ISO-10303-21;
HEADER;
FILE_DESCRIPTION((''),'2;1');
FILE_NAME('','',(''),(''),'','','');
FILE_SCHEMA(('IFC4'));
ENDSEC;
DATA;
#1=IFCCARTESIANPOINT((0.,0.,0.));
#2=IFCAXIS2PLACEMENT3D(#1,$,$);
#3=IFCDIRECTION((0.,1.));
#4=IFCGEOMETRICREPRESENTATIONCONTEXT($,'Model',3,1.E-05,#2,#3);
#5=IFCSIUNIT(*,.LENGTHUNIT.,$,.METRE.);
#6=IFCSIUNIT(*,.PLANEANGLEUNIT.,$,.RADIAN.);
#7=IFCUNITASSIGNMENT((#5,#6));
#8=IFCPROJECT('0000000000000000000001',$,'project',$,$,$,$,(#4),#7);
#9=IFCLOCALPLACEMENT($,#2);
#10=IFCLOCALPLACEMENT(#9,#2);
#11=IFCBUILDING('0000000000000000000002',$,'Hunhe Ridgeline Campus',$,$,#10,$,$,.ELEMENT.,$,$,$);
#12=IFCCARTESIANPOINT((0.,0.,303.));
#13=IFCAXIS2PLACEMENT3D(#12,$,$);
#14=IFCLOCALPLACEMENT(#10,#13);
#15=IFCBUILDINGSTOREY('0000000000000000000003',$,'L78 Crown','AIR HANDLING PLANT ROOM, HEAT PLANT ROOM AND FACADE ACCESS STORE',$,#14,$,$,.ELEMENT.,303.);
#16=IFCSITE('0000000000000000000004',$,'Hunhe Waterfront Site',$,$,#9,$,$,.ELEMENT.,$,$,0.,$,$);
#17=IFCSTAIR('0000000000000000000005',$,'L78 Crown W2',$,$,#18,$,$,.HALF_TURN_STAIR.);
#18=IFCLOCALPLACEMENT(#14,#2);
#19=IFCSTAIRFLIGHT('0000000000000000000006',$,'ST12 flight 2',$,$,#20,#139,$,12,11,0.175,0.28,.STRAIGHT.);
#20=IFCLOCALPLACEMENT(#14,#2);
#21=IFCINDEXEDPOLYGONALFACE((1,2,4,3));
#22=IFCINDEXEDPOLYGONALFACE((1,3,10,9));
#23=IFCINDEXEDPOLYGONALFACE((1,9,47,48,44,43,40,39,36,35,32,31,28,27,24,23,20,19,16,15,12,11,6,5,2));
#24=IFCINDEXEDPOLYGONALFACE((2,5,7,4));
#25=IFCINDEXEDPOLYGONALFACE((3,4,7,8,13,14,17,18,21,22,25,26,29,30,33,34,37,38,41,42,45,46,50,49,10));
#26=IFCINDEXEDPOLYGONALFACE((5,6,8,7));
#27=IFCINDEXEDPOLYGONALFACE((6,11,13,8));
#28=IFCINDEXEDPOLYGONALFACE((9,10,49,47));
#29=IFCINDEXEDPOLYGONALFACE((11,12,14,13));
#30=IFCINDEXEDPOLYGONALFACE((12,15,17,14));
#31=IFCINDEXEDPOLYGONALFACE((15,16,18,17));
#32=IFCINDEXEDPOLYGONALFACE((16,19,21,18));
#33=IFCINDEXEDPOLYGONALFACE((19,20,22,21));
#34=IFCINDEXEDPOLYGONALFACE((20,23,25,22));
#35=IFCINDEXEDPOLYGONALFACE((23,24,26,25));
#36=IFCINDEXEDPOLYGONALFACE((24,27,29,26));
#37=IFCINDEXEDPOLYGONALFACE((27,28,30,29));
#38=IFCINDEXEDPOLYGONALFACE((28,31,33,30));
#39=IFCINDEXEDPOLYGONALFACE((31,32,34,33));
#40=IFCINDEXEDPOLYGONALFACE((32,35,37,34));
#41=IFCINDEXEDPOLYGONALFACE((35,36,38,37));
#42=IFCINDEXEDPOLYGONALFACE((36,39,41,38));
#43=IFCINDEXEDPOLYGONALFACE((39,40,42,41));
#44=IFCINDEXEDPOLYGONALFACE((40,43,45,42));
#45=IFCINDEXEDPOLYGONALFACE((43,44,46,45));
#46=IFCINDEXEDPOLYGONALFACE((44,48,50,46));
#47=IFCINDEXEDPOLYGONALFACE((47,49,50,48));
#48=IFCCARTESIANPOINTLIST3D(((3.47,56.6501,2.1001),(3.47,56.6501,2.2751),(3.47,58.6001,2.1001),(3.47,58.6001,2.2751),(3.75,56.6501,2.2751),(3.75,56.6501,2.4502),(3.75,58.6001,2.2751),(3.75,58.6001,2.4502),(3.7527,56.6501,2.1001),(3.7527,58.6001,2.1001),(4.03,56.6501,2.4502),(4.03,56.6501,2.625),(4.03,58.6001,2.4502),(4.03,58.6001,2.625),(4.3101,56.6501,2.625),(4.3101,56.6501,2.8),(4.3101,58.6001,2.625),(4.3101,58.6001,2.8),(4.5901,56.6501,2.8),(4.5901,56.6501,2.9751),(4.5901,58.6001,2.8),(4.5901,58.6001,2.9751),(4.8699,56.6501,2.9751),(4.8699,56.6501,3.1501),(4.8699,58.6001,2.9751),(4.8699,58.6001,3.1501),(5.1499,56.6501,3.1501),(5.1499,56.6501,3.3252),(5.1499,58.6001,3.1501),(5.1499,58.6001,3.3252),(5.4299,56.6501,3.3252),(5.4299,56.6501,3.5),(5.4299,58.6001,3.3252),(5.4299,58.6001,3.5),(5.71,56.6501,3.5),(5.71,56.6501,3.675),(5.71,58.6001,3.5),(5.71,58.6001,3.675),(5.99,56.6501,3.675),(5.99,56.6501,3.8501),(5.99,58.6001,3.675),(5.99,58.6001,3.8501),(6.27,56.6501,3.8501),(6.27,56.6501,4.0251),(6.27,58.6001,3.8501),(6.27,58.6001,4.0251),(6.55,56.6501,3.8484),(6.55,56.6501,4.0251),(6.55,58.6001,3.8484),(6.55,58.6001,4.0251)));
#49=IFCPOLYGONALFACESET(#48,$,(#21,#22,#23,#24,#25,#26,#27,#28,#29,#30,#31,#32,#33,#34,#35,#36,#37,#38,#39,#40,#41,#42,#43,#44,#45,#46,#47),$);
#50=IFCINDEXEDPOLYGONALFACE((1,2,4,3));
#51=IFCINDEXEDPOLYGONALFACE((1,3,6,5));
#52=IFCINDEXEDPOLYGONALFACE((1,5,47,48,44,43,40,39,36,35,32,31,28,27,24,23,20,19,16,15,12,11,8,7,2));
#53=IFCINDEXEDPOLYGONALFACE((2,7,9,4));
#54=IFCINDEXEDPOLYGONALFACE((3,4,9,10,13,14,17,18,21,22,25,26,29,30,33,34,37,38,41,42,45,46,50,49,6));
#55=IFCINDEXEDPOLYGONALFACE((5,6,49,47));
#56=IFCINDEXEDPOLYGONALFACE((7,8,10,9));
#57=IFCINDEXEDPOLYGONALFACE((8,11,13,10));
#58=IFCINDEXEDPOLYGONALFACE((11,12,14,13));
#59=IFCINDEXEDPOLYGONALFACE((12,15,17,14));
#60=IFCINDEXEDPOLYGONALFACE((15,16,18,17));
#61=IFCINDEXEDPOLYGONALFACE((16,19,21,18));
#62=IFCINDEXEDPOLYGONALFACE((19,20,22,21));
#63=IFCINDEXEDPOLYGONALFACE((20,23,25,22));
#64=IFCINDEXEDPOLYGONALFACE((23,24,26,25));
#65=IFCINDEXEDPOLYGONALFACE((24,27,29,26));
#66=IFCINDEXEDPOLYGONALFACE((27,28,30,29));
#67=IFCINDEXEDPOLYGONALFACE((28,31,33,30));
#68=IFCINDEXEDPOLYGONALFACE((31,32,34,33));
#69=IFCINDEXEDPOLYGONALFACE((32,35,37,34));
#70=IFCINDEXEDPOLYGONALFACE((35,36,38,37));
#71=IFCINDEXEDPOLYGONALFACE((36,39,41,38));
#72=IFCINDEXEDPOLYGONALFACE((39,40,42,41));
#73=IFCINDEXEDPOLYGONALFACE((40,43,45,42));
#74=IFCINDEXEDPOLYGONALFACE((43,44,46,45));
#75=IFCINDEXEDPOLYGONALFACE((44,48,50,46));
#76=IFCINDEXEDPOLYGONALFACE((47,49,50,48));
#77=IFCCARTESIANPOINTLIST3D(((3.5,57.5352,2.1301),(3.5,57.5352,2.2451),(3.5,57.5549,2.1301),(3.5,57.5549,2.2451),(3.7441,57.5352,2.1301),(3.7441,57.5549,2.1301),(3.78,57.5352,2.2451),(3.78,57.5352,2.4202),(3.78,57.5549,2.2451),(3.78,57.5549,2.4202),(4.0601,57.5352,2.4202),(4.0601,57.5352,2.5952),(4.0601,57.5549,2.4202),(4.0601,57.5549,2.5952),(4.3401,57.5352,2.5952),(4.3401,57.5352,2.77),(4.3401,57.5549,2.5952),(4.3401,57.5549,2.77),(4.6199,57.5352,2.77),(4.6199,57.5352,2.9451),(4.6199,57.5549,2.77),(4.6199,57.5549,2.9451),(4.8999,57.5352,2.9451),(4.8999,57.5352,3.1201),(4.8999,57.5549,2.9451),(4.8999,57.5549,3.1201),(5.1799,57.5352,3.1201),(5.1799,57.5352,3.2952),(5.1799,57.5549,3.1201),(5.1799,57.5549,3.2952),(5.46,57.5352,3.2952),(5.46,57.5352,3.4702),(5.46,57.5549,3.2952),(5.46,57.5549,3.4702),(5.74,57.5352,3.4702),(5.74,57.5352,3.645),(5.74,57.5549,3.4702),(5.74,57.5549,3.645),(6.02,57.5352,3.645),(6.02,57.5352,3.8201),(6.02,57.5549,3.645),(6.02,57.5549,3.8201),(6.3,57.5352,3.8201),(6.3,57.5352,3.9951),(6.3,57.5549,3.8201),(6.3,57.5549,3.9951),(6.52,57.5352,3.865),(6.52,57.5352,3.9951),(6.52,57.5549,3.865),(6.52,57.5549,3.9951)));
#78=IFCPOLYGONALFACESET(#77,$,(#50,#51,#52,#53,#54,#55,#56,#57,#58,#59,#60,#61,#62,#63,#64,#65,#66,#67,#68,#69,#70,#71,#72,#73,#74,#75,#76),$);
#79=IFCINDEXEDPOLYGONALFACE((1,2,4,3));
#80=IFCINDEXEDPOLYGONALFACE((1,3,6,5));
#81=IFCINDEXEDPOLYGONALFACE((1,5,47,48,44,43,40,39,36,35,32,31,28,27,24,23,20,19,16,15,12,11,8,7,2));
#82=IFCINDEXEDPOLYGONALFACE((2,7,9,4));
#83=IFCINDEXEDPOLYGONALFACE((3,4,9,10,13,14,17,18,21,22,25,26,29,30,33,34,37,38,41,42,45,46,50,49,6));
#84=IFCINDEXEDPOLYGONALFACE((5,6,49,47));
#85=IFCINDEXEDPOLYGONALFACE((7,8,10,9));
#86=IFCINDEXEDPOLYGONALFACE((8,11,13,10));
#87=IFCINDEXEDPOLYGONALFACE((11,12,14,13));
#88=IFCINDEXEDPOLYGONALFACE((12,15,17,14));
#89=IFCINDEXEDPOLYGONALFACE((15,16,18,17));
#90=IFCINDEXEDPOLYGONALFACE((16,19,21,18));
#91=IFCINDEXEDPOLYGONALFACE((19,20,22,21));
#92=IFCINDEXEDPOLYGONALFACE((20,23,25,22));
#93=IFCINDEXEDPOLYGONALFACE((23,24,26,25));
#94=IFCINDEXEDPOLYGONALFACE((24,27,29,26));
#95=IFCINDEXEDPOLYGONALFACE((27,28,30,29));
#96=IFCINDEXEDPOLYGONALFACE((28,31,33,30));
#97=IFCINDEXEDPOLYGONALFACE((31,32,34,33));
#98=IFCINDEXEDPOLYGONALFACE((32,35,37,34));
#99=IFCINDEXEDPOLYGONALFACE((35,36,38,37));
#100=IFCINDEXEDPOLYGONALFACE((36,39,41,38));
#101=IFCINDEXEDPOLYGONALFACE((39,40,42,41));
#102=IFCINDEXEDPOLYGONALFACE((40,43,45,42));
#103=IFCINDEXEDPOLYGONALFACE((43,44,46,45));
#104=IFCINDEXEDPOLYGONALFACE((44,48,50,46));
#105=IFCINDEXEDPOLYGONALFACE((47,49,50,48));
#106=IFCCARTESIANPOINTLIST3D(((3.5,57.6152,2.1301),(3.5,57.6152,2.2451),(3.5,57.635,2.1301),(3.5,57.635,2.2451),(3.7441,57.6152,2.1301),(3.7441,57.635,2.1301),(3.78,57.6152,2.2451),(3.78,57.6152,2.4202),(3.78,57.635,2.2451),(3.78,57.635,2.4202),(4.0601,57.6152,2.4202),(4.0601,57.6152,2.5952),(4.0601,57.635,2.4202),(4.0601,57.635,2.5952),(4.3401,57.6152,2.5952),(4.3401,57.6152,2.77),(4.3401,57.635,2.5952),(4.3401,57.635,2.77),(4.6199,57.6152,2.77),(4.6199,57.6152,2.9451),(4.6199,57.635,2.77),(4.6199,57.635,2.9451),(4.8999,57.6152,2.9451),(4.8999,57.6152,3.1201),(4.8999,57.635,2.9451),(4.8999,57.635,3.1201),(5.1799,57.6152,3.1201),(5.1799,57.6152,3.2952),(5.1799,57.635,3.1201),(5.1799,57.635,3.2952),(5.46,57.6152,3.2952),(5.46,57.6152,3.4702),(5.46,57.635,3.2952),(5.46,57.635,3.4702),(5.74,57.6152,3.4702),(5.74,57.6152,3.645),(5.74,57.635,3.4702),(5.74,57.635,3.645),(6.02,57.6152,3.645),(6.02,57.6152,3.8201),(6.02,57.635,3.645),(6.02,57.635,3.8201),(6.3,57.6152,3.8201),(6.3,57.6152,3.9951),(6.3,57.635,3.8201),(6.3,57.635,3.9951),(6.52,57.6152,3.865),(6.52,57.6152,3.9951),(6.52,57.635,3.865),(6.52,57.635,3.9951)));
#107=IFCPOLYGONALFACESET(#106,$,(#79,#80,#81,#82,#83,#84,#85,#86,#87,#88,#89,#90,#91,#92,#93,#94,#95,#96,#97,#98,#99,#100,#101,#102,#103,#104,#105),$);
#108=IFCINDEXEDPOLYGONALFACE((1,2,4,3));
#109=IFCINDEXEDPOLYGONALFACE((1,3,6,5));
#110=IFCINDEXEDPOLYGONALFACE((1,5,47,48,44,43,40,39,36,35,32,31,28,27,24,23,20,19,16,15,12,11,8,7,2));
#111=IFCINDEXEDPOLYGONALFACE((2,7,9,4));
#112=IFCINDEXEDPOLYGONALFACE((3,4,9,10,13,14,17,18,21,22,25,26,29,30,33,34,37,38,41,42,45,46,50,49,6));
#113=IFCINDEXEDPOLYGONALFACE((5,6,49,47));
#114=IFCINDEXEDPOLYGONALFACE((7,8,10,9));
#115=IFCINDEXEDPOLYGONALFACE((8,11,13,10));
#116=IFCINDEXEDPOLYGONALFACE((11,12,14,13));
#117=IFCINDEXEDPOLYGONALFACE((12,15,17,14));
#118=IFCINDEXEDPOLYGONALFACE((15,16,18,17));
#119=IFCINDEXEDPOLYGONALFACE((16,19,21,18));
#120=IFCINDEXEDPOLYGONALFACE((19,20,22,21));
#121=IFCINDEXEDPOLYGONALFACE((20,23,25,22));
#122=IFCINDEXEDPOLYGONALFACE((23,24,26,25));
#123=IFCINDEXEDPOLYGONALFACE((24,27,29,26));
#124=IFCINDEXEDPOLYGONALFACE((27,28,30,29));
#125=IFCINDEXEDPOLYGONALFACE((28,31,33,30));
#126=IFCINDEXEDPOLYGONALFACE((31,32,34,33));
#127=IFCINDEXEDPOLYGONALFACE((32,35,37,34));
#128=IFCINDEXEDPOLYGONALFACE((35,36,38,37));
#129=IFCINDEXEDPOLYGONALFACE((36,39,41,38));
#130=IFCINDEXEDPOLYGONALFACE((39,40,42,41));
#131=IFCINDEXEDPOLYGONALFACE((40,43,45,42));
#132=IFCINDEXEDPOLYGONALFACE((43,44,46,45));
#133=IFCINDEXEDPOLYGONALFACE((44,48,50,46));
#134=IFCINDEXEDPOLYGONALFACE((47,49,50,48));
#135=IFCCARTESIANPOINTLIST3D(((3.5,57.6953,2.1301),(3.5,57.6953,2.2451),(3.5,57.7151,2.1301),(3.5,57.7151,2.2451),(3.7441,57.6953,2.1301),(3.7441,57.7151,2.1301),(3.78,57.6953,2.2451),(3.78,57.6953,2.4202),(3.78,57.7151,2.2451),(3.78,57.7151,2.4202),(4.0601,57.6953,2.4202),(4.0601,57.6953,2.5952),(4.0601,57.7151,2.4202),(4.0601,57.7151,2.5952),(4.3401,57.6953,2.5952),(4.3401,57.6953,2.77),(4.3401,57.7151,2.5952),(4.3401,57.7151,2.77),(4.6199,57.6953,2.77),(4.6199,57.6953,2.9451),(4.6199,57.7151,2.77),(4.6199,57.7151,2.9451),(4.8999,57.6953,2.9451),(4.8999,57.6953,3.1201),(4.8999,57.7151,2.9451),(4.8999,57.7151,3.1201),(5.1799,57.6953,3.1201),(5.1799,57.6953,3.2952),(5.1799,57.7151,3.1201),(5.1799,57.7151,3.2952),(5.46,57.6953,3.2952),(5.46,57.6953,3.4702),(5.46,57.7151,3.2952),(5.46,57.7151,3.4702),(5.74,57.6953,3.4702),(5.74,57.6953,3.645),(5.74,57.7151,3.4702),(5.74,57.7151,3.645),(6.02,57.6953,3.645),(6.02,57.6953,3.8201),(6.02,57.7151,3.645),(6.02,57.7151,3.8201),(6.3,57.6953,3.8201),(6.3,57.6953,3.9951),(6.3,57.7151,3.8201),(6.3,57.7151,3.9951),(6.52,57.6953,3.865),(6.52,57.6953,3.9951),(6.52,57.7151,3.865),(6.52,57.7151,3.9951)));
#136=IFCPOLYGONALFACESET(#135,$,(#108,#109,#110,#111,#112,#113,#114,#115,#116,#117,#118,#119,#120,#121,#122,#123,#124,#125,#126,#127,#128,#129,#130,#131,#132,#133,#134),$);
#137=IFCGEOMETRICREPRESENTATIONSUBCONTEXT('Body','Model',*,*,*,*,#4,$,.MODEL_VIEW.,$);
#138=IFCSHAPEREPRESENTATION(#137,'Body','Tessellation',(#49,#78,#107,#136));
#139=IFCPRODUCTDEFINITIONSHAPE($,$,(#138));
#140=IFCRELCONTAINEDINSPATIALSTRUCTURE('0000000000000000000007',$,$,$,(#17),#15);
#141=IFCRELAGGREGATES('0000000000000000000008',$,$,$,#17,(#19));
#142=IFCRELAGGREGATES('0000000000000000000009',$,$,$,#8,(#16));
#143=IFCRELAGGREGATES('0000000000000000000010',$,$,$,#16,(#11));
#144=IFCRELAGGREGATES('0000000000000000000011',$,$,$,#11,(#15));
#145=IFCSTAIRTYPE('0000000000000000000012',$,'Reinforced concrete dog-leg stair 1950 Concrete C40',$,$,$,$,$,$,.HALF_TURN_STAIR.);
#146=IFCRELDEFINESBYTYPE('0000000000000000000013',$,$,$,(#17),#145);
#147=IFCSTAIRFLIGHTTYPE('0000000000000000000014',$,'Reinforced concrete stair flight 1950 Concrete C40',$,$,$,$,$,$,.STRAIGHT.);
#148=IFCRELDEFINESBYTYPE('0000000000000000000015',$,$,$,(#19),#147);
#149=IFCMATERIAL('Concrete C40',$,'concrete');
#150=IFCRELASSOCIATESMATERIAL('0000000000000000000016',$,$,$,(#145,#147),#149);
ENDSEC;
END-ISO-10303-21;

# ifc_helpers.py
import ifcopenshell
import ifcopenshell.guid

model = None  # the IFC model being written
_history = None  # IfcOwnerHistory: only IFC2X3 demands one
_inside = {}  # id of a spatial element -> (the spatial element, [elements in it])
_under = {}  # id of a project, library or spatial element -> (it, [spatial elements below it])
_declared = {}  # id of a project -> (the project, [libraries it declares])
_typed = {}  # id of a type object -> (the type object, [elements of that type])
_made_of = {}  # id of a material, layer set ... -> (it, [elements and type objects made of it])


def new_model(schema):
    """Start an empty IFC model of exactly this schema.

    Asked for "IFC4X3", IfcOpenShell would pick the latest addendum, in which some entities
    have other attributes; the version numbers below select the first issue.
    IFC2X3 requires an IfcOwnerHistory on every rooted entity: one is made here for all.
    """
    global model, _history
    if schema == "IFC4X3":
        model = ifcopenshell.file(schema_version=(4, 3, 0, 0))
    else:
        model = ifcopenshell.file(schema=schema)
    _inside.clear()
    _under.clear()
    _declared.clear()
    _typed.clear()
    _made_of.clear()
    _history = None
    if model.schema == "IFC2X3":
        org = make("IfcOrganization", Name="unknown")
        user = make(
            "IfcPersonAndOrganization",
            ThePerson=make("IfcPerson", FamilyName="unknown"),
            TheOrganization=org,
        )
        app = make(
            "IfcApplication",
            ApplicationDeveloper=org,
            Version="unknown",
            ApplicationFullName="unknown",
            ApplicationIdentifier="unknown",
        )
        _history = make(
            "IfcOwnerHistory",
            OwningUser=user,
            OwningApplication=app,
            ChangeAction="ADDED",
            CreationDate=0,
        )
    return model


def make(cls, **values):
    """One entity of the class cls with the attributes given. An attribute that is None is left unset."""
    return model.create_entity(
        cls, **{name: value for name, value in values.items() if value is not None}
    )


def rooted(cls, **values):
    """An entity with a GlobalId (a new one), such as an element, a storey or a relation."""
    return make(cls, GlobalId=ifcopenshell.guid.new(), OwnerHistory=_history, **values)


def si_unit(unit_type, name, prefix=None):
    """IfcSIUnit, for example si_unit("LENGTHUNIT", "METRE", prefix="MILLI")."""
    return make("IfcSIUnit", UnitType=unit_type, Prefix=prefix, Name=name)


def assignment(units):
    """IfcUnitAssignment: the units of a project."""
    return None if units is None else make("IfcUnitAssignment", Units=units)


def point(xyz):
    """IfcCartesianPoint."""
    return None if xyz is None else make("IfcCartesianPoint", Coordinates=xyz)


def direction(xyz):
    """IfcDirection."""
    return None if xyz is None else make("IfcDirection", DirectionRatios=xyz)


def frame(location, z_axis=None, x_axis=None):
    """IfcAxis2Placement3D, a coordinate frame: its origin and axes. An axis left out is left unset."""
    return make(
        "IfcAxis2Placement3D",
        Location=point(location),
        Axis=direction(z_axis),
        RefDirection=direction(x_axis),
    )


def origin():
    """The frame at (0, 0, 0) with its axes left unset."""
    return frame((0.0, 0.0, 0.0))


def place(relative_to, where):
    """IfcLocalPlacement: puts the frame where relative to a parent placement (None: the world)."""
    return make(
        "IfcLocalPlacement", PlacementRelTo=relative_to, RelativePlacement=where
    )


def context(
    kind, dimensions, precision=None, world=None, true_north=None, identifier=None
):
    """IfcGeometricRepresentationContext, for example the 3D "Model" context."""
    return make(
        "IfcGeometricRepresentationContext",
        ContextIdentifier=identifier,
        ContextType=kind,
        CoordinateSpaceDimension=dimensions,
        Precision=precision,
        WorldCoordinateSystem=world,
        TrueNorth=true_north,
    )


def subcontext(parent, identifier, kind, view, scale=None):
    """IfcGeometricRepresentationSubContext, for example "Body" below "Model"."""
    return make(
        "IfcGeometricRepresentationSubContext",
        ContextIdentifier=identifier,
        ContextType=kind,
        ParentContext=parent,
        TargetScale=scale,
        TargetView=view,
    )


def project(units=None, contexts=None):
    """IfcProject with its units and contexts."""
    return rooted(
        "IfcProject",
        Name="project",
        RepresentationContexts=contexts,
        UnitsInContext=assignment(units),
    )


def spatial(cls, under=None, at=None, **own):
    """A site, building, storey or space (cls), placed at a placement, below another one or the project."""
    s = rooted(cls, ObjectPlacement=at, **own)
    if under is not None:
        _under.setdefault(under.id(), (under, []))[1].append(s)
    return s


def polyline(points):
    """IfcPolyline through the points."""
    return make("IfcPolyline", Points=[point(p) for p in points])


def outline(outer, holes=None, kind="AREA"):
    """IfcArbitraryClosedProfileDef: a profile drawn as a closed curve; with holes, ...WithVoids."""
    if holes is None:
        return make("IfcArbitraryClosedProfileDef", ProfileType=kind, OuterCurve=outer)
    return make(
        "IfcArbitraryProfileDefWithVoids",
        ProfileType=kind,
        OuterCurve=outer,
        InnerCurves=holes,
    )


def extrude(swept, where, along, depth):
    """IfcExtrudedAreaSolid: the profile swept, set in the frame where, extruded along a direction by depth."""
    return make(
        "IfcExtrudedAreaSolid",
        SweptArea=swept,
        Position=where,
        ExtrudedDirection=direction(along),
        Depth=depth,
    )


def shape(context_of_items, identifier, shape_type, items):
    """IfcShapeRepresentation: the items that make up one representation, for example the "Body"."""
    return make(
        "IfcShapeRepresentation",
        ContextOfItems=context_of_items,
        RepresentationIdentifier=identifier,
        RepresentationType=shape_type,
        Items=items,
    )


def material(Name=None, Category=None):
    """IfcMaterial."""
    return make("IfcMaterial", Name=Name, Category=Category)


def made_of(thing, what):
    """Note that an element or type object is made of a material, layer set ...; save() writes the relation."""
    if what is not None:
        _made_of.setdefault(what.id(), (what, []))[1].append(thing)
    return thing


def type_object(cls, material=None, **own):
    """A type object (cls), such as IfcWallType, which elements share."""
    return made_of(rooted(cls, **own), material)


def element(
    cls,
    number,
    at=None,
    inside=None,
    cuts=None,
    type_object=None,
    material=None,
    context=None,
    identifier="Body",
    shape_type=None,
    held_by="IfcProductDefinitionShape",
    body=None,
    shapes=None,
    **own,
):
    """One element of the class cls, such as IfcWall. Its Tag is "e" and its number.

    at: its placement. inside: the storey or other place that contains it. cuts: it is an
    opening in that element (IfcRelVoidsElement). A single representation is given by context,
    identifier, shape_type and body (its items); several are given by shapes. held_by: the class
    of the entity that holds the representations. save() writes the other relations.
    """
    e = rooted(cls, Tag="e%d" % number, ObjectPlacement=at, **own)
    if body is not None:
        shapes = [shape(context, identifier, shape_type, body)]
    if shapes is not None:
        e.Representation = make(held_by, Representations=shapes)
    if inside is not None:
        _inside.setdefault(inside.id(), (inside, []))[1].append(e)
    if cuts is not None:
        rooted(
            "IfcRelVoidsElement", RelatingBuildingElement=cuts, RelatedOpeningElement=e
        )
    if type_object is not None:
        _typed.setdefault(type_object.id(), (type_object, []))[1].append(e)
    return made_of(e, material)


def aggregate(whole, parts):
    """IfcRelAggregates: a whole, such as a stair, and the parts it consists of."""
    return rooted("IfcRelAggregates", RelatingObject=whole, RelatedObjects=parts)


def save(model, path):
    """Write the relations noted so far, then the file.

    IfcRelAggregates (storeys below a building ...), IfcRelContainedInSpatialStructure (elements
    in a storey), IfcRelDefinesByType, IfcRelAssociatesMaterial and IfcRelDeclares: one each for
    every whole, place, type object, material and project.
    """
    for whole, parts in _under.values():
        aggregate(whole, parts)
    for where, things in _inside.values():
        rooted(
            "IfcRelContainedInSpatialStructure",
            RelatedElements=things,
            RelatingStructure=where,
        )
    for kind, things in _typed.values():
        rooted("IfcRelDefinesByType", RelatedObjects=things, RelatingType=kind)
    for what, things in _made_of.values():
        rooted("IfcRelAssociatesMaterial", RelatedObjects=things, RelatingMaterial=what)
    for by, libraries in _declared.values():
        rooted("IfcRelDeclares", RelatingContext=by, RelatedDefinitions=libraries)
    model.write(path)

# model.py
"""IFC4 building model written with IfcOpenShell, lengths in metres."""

from ifc_helpers import new_model, si_unit, direction, frame, origin, place, context, subcontext, project, spatial, polyline, outline, extrude, material, type_object, element, aggregate, save


model = new_model("IFC4")

# Units and contexts
model_context = context("Model", 3, precision=1e-05, world=origin(), true_north=direction((0.0, 1.0)))
body_context = subcontext(model_context, "Body", "Model", "MODEL_VIEW")
ifc_project = project(units=[si_unit("LENGTHUNIT", "METRE"), si_unit("PLANEANGLEUNIT", "RADIAN")], contexts=[model_context])

# Site, building, storey
site_placement = place(None, origin())
site = spatial("IfcSite", under=ifc_project, at=site_placement, Name="Hunhe Waterfront Site", CompositionType="ELEMENT", RefElevation=0.0)
building_placement = place(site_placement, origin())
building = spatial("IfcBuilding", under=site, at=building_placement, Name="Hunhe Ridgeline Campus", CompositionType="ELEMENT")
storey_placement = place(building_placement, frame((0.0, 0.0, 303.0)))
storey = spatial("IfcBuildingStorey", under=building, at=storey_placement, Name="L78 Crown", Description="AIR HANDLING PLANT ROOM, HEAT PLANT ROOM AND FACADE ACCESS STORE", CompositionType="ELEMENT", Elevation=303.0)

# Stair, stair flight
ifc_material_1 = material(Name="Concrete C40", Category="concrete")
stair_type = type_object("IfcStairType", Name="Reinforced concrete dog-leg stair 1950 Concrete C40", PredefinedType="HALF_TURN_STAIR", material=ifc_material_1)
stair_placement = place(storey_placement, origin())
stair = element("IfcStair", 1, at=stair_placement, inside=storey, type_object=stair_type, Name="L78 Crown W2", PredefinedType="HALF_TURN_STAIR")
stair_flight_type = type_object("IfcStairFlightType", Name="Reinforced concrete stair flight 1950 Concrete C40", PredefinedType="STRAIGHT", material=ifc_material_1)
stair_flight_1_placement = place(storey_placement, frame((3.47, 57.625, 2.1001), z_axis=(0.0, 0.0, 1.0), x_axis=(1.0, 0.0, 0.0)))
stair_flight_1 = element("IfcStairFlight", 2, at=stair_flight_1_placement, type_object=stair_flight_type, Name="ST12 flight 2", NumberOfRisers=12, NumberOfTreads=11, PredefinedType="STRAIGHT", RiserHeight=0.175, TreadLength=0.28, context=body_context, shape_type="SweptSolid", body=[
    extrude(outline(polyline([(0.0, 0.0), (0.0, 0.175), (0.28, 0.175), (0.28, 0.3501), (0.5601, 0.3501), (0.5601, 0.5249), (0.8401, 0.5249), (0.8401, 0.7), (1.1201, 0.7), (1.1201, 0.875), (1.3999, 0.875), (1.3999, 1.05), (1.6799, 1.05), (1.6799, 1.2251), (1.96, 1.2251), (1.96, 1.3999), (2.24, 1.3999), (2.24, 1.575), (2.52, 1.575), (2.52, 1.75), (2.8, 1.75), (2.8, 1.925), (3.0801, 1.925), (3.0801, 2.1001), (3.0801, 1.7483), (0.2827, 0.0), (0.0, 0.0)])), frame((0.0, 0.9751, 0.0), z_axis=(0.0, -1.0, 0.0), x_axis=(1.0, 0.0, 0.0)), (0.0, 0.0, 1.0), 1.95),
    extrude(outline(polyline([(0.03, 0.03), (0.03, 0.145), (0.3101, 0.145), (0.3101, 0.3201), (0.5901, 0.3201), (0.5901, 0.4951), (0.8701, 0.4951), (0.8701, 0.6699), (1.1499, 0.6699), (1.1499, 0.845), (1.4299, 0.845), (1.4299, 1.02), (1.71, 1.02), (1.71, 1.1951), (1.99, 1.1951), (1.99, 1.3701), (2.27, 1.3701), (2.27, 1.5449), (2.55, 1.5449), (2.55, 1.72), (2.8301, 1.72), (2.8301, 1.895), (3.05, 1.895), (3.05, 1.7649), (0.2742, 0.03), (0.03, 0.03)])), frame((0.0, -0.0701, 0.0), z_axis=(0.0, -1.0, 0.0), x_axis=(1.0, 0.0, 0.0)), (0.0, 0.0, 1.0), 0.0198),
    extrude(outline(polyline([(0.03, 0.03), (0.03, 0.145), (0.3101, 0.145), (0.3101, 0.3201), (0.5901, 0.3201), (0.5901, 0.4951), (0.8701, 0.4951), (0.8701, 0.6699), (1.1499, 0.6699), (1.1499, 0.845), (1.4299, 0.845), (1.4299, 1.02), (1.71, 1.02), (1.71, 1.1951), (1.99, 1.1951), (1.99, 1.3701), (2.27, 1.3701), (2.27, 1.5449), (2.55, 1.5449), (2.55, 1.72), (2.8301, 1.72), (2.8301, 1.895), (3.05, 1.895), (3.05, 1.7649), (0.2742, 0.03), (0.03, 0.03)])), frame((0.0, 0.01, 0.0), z_axis=(0.0, -1.0, 0.0), x_axis=(1.0, 0.0, 0.0)), (0.0, 0.0, 1.0), 0.0198),
    extrude(outline(polyline([(0.03, 0.03), (0.03, 0.145), (0.3101, 0.145), (0.3101, 0.3201), (0.5901, 0.3201), (0.5901, 0.4951), (0.8701, 0.4951), (0.8701, 0.6699), (1.1499, 0.6699), (1.1499, 0.845), (1.4299, 0.845), (1.4299, 1.02), (1.71, 1.02), (1.71, 1.1951), (1.99, 1.1951), (1.99, 1.3701), (2.27, 1.3701), (2.27, 1.5449), (2.55, 1.5449), (2.55, 1.72), (2.8301, 1.72), (2.8301, 1.895), (3.05, 1.895), (3.05, 1.7649), (0.2742, 0.03), (0.03, 0.03)])), frame((0.0, 0.0901, 0.0), z_axis=(0.0, -1.0, 0.0), x_axis=(1.0, 0.0, 0.0)), (0.0, 0.0, 1.0), 0.0198),
])
aggregate(stair, [stair_flight_1])

save(model, "model.ifc")
